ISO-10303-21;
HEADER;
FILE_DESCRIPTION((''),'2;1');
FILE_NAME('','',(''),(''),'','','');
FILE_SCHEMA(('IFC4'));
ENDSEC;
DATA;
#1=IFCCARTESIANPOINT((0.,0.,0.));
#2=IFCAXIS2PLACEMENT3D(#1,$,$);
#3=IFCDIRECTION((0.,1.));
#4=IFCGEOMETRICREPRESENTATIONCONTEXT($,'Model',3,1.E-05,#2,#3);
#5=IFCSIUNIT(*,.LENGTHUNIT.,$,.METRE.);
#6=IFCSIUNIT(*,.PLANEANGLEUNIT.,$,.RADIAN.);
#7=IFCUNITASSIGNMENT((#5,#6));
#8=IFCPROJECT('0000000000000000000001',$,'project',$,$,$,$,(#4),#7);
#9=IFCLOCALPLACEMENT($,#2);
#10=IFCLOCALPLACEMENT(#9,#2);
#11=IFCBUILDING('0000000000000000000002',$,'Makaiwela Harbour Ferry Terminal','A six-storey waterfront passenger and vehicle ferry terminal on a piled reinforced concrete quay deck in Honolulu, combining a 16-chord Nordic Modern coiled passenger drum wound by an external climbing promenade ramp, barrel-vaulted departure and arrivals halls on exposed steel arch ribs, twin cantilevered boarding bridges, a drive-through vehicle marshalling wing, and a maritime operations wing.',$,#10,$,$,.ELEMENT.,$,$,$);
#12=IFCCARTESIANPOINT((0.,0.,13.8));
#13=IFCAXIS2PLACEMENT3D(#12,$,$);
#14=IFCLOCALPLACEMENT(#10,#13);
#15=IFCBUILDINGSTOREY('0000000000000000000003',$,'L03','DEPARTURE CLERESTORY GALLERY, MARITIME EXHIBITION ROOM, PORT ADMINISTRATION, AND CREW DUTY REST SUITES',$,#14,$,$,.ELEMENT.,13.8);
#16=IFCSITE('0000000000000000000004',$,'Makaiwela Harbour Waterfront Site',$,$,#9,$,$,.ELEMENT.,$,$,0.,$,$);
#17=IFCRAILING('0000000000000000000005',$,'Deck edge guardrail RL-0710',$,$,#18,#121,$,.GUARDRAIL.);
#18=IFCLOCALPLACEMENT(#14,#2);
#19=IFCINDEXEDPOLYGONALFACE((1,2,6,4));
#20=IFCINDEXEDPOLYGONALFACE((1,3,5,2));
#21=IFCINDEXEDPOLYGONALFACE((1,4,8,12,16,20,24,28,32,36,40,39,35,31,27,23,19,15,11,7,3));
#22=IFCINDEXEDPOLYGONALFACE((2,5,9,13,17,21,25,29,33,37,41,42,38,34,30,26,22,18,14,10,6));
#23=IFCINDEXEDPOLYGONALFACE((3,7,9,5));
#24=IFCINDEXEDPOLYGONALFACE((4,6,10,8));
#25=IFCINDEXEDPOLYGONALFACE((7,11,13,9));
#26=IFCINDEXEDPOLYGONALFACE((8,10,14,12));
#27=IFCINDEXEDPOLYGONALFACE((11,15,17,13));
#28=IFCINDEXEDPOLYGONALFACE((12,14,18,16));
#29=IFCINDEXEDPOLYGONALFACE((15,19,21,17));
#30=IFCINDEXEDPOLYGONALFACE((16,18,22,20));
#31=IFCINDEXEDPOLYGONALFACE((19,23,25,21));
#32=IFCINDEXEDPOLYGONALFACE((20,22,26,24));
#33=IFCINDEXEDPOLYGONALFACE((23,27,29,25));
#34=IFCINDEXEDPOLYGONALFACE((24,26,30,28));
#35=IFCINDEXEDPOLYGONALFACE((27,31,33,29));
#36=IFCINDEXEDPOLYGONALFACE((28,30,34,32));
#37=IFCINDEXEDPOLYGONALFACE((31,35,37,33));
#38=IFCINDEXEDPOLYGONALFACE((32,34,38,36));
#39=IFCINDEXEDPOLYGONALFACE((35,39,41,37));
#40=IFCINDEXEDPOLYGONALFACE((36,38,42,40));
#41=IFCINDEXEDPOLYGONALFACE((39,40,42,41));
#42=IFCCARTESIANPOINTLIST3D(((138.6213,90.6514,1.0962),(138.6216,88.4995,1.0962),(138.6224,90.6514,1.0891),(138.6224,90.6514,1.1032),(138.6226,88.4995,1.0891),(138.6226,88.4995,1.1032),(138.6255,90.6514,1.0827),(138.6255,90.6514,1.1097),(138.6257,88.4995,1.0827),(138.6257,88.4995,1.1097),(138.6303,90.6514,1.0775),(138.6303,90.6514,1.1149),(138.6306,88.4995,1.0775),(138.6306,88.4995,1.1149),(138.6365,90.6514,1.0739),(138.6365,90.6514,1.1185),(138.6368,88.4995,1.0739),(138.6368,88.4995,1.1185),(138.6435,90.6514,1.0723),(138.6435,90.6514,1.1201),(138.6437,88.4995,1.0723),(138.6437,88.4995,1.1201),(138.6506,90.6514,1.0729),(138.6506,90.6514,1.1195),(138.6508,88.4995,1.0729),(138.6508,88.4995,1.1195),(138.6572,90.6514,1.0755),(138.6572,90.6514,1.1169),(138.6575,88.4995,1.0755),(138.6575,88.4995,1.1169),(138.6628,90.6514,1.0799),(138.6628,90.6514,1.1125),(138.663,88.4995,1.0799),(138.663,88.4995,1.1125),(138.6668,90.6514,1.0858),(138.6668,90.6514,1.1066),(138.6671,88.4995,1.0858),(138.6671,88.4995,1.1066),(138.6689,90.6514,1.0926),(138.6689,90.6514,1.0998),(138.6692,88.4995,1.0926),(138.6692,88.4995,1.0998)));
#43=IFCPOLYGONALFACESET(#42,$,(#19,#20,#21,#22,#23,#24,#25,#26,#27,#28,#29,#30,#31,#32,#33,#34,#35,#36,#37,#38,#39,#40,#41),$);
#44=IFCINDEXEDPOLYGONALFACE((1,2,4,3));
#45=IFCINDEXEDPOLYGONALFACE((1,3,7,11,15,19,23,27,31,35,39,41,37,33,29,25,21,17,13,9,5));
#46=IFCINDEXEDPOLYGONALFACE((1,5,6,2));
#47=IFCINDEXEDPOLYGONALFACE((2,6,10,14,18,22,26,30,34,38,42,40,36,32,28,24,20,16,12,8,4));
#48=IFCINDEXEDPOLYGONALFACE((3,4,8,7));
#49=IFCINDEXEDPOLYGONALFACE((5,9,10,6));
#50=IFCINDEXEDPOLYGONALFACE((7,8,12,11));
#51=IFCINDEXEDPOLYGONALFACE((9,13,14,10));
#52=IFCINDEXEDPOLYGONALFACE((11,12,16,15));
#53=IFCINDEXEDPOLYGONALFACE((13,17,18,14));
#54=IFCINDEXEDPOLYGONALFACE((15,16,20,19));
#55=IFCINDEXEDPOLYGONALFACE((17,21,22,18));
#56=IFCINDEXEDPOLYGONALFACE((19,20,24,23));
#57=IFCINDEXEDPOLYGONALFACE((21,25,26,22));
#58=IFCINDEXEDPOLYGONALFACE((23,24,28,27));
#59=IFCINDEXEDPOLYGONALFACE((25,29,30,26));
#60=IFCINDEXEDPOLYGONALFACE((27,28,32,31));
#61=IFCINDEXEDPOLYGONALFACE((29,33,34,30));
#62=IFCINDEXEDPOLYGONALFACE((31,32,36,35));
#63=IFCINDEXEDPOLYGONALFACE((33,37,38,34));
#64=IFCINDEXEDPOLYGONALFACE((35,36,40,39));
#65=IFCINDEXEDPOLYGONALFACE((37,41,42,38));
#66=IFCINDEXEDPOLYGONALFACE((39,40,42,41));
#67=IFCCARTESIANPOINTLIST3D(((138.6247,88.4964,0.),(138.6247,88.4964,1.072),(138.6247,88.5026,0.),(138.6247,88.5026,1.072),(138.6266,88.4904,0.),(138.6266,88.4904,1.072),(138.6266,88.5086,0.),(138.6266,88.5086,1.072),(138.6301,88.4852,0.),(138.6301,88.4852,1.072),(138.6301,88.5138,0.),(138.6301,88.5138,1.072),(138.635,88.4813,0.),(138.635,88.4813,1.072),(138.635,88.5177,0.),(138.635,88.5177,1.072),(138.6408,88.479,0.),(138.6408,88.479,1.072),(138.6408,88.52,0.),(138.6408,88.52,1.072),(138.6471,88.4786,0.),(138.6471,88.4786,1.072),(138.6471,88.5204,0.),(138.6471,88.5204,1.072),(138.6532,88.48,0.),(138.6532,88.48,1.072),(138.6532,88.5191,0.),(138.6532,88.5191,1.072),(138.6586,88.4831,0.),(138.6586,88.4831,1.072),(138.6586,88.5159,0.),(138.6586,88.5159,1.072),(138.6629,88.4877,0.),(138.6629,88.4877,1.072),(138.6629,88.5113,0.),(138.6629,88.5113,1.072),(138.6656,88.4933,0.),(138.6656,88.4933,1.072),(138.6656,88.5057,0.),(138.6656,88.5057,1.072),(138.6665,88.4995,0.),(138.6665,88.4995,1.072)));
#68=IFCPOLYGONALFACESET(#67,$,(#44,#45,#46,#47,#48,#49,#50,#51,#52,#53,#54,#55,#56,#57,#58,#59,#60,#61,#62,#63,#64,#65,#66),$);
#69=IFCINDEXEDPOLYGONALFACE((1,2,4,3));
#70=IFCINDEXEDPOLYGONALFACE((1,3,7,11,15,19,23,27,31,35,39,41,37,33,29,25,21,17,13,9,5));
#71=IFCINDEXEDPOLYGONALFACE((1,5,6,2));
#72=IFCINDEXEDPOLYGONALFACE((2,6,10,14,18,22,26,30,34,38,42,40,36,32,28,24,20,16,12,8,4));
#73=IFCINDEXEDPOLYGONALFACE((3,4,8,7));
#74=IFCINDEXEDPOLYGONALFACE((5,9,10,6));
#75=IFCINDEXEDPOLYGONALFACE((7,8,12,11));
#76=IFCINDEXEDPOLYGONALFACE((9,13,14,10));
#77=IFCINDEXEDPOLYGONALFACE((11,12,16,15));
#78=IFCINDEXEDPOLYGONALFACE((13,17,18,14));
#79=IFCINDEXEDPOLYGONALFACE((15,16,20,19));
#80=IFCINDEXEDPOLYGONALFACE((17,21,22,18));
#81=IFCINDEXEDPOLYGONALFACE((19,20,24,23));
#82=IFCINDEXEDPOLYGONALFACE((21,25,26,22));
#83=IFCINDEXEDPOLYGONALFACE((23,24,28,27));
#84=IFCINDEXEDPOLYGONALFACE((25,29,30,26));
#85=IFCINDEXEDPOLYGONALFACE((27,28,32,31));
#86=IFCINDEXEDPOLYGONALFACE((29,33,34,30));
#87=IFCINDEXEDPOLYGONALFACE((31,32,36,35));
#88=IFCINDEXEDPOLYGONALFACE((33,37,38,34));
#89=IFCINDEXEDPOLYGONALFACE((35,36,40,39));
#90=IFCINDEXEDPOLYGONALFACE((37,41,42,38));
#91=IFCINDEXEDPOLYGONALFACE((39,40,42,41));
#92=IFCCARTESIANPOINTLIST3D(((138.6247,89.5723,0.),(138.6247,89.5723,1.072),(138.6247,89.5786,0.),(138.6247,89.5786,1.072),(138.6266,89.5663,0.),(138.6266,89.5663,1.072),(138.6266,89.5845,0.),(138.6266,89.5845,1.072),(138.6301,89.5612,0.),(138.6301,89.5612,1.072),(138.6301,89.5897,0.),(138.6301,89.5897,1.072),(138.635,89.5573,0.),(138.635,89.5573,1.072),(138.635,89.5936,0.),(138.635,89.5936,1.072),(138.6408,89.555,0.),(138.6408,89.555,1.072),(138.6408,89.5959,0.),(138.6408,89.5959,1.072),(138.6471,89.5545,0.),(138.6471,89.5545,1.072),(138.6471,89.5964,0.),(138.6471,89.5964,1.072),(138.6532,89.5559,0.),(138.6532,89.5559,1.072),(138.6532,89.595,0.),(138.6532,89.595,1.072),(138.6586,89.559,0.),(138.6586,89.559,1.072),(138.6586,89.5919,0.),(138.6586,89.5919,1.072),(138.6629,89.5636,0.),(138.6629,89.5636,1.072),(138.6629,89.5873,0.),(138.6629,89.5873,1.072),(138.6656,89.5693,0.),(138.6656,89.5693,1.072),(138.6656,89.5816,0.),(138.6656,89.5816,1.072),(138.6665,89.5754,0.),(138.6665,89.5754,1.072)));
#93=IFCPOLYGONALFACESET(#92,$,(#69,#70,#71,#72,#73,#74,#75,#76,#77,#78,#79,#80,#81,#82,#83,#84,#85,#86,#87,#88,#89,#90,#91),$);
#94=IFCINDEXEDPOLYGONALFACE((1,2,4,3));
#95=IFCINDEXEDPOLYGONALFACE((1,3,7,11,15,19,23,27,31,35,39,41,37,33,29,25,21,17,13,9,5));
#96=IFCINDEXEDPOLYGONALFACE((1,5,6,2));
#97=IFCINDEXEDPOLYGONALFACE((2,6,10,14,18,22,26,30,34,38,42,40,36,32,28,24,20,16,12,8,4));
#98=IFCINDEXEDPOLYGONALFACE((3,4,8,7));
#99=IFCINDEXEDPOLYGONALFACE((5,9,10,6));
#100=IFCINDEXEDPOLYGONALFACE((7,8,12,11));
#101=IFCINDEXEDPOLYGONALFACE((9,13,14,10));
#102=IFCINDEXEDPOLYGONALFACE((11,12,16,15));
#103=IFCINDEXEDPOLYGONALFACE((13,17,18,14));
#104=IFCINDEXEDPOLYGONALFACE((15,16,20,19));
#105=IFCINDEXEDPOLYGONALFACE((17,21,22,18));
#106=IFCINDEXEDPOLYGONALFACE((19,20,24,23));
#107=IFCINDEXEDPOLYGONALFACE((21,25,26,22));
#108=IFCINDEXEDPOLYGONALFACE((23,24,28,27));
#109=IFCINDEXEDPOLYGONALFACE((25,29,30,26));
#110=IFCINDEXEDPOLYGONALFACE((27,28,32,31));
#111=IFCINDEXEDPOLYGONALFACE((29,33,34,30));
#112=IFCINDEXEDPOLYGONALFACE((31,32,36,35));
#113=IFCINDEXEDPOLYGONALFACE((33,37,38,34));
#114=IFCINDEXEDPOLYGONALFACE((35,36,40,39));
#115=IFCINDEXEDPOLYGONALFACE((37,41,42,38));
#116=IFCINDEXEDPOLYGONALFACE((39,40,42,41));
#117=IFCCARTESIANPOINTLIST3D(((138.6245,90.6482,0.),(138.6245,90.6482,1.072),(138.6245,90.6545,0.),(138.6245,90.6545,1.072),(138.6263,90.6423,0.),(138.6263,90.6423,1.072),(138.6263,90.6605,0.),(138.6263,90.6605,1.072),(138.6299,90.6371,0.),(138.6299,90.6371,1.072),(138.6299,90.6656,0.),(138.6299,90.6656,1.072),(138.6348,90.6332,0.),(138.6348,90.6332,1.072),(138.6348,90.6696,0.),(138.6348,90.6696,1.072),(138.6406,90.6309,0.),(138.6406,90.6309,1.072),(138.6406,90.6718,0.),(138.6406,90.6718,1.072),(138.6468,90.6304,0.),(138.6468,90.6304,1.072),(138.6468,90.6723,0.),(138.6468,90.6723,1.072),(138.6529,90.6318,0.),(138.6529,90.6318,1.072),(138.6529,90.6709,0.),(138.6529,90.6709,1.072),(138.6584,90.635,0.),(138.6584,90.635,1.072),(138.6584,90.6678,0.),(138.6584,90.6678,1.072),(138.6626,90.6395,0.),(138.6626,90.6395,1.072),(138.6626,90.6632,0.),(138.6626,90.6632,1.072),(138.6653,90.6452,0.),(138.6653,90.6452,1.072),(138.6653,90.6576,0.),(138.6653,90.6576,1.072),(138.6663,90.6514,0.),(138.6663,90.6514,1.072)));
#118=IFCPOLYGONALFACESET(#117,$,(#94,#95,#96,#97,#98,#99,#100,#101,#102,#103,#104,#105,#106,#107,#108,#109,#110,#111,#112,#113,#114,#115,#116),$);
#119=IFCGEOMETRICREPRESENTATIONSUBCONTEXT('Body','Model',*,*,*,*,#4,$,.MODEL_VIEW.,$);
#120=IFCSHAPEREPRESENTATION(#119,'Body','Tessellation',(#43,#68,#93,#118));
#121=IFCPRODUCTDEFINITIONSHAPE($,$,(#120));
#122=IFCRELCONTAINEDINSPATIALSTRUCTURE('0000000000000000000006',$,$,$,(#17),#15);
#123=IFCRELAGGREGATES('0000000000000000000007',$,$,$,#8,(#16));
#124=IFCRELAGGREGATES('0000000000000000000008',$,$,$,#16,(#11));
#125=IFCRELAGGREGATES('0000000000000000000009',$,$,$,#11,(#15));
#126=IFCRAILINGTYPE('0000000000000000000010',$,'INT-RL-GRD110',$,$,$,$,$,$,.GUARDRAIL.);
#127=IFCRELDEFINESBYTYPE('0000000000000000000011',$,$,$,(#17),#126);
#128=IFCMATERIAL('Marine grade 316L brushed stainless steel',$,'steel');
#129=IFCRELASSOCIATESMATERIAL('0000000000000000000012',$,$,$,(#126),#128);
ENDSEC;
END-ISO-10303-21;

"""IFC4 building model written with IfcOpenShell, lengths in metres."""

from ifc_helpers import new_model, si_unit, direction, frame, origin, origin_2d, place, context, subcontext, project, spatial, circle, extrude, material, type_object, element, save


model = new_model("IFC4")

# Units and contexts
model_context = context("Model", 3, precision=1e-05, world=origin(), true_north=direction((0.0, 1.0)))
body_context = subcontext(model_context, "Body", "Model", "MODEL_VIEW")
ifc_project = project(units=[si_unit("LENGTHUNIT", "METRE"), si_unit("PLANEANGLEUNIT", "RADIAN")], contexts=[model_context])

# Site, building, storey
site_placement = place(None, origin())
site = spatial("IfcSite", under=ifc_project, at=site_placement, Name="Makaiwela Harbour Waterfront Site", CompositionType="ELEMENT", RefElevation=0.0)
building_placement = place(site_placement, origin())
building = spatial("IfcBuilding", under=site, at=building_placement, Name="Makaiwela Harbour Ferry Terminal", Description="A six-storey waterfront passenger and vehicle ferry terminal on a piled reinforced concrete quay deck in Honolulu, combining a 16-chord Nordic Modern coiled passenger drum wound by an external climbing promenade ramp, barrel-vaulted departure and arrivals halls on exposed steel arch ribs, twin cantilevered boarding bridges, a drive-through vehicle marshalling wing, and a maritime operations wing.", CompositionType="ELEMENT")
storey_placement = place(building_placement, frame((0.0, 0.0, 13.8)))
storey = spatial("IfcBuildingStorey", under=building, at=storey_placement, Name="L03", Description="DEPARTURE CLERESTORY GALLERY, MARITIME EXHIBITION ROOM, PORT ADMINISTRATION, AND CREW DUTY REST SUITES", CompositionType="ELEMENT", Elevation=13.8)

# Railing
ifc_material_1 = material(Name="Marine grade 316L brushed stainless steel", Category="steel")
railing_type = type_object("IfcRailingType", Name="INT-RL-GRD110", PredefinedType="GUARDRAIL", material=ifc_material_1)
railing_1_placement = place(storey_placement, frame((138.6455, 88.4995, 0.0)))
element("IfcRailing", 1, at=railing_1_placement, inside=storey, type_object=railing_type, Name="Deck edge guardrail RL-0710", PredefinedType="GUARDRAIL", context=body_context, shape_type="SweptSolid", body=[
    extrude(circle(Radius=0.0239, at=origin_2d()), frame((0.0, 0.0, 1.0962), z_axis=(-0.000113, 1.0, 0.0), x_axis=(-1.0, -0.000113, 0.0)), (0.0, 0.0, 1.0), 2.1519),
    extrude(circle(Radius=0.021, at=origin_2d()), origin(), (0.0, 0.0, 1.0), 1.072),
    extrude(circle(Radius=0.021, at=origin_2d()), frame((0.0, 1.0759, 0.0)), (0.0, 0.0, 1.0), 1.072),
    extrude(circle(Radius=0.021, at=origin_2d()), frame((-0.0002, 2.1519, 0.0)), (0.0, 0.0, 1.0), 1.072),
])

save(model, "model.ifc")
